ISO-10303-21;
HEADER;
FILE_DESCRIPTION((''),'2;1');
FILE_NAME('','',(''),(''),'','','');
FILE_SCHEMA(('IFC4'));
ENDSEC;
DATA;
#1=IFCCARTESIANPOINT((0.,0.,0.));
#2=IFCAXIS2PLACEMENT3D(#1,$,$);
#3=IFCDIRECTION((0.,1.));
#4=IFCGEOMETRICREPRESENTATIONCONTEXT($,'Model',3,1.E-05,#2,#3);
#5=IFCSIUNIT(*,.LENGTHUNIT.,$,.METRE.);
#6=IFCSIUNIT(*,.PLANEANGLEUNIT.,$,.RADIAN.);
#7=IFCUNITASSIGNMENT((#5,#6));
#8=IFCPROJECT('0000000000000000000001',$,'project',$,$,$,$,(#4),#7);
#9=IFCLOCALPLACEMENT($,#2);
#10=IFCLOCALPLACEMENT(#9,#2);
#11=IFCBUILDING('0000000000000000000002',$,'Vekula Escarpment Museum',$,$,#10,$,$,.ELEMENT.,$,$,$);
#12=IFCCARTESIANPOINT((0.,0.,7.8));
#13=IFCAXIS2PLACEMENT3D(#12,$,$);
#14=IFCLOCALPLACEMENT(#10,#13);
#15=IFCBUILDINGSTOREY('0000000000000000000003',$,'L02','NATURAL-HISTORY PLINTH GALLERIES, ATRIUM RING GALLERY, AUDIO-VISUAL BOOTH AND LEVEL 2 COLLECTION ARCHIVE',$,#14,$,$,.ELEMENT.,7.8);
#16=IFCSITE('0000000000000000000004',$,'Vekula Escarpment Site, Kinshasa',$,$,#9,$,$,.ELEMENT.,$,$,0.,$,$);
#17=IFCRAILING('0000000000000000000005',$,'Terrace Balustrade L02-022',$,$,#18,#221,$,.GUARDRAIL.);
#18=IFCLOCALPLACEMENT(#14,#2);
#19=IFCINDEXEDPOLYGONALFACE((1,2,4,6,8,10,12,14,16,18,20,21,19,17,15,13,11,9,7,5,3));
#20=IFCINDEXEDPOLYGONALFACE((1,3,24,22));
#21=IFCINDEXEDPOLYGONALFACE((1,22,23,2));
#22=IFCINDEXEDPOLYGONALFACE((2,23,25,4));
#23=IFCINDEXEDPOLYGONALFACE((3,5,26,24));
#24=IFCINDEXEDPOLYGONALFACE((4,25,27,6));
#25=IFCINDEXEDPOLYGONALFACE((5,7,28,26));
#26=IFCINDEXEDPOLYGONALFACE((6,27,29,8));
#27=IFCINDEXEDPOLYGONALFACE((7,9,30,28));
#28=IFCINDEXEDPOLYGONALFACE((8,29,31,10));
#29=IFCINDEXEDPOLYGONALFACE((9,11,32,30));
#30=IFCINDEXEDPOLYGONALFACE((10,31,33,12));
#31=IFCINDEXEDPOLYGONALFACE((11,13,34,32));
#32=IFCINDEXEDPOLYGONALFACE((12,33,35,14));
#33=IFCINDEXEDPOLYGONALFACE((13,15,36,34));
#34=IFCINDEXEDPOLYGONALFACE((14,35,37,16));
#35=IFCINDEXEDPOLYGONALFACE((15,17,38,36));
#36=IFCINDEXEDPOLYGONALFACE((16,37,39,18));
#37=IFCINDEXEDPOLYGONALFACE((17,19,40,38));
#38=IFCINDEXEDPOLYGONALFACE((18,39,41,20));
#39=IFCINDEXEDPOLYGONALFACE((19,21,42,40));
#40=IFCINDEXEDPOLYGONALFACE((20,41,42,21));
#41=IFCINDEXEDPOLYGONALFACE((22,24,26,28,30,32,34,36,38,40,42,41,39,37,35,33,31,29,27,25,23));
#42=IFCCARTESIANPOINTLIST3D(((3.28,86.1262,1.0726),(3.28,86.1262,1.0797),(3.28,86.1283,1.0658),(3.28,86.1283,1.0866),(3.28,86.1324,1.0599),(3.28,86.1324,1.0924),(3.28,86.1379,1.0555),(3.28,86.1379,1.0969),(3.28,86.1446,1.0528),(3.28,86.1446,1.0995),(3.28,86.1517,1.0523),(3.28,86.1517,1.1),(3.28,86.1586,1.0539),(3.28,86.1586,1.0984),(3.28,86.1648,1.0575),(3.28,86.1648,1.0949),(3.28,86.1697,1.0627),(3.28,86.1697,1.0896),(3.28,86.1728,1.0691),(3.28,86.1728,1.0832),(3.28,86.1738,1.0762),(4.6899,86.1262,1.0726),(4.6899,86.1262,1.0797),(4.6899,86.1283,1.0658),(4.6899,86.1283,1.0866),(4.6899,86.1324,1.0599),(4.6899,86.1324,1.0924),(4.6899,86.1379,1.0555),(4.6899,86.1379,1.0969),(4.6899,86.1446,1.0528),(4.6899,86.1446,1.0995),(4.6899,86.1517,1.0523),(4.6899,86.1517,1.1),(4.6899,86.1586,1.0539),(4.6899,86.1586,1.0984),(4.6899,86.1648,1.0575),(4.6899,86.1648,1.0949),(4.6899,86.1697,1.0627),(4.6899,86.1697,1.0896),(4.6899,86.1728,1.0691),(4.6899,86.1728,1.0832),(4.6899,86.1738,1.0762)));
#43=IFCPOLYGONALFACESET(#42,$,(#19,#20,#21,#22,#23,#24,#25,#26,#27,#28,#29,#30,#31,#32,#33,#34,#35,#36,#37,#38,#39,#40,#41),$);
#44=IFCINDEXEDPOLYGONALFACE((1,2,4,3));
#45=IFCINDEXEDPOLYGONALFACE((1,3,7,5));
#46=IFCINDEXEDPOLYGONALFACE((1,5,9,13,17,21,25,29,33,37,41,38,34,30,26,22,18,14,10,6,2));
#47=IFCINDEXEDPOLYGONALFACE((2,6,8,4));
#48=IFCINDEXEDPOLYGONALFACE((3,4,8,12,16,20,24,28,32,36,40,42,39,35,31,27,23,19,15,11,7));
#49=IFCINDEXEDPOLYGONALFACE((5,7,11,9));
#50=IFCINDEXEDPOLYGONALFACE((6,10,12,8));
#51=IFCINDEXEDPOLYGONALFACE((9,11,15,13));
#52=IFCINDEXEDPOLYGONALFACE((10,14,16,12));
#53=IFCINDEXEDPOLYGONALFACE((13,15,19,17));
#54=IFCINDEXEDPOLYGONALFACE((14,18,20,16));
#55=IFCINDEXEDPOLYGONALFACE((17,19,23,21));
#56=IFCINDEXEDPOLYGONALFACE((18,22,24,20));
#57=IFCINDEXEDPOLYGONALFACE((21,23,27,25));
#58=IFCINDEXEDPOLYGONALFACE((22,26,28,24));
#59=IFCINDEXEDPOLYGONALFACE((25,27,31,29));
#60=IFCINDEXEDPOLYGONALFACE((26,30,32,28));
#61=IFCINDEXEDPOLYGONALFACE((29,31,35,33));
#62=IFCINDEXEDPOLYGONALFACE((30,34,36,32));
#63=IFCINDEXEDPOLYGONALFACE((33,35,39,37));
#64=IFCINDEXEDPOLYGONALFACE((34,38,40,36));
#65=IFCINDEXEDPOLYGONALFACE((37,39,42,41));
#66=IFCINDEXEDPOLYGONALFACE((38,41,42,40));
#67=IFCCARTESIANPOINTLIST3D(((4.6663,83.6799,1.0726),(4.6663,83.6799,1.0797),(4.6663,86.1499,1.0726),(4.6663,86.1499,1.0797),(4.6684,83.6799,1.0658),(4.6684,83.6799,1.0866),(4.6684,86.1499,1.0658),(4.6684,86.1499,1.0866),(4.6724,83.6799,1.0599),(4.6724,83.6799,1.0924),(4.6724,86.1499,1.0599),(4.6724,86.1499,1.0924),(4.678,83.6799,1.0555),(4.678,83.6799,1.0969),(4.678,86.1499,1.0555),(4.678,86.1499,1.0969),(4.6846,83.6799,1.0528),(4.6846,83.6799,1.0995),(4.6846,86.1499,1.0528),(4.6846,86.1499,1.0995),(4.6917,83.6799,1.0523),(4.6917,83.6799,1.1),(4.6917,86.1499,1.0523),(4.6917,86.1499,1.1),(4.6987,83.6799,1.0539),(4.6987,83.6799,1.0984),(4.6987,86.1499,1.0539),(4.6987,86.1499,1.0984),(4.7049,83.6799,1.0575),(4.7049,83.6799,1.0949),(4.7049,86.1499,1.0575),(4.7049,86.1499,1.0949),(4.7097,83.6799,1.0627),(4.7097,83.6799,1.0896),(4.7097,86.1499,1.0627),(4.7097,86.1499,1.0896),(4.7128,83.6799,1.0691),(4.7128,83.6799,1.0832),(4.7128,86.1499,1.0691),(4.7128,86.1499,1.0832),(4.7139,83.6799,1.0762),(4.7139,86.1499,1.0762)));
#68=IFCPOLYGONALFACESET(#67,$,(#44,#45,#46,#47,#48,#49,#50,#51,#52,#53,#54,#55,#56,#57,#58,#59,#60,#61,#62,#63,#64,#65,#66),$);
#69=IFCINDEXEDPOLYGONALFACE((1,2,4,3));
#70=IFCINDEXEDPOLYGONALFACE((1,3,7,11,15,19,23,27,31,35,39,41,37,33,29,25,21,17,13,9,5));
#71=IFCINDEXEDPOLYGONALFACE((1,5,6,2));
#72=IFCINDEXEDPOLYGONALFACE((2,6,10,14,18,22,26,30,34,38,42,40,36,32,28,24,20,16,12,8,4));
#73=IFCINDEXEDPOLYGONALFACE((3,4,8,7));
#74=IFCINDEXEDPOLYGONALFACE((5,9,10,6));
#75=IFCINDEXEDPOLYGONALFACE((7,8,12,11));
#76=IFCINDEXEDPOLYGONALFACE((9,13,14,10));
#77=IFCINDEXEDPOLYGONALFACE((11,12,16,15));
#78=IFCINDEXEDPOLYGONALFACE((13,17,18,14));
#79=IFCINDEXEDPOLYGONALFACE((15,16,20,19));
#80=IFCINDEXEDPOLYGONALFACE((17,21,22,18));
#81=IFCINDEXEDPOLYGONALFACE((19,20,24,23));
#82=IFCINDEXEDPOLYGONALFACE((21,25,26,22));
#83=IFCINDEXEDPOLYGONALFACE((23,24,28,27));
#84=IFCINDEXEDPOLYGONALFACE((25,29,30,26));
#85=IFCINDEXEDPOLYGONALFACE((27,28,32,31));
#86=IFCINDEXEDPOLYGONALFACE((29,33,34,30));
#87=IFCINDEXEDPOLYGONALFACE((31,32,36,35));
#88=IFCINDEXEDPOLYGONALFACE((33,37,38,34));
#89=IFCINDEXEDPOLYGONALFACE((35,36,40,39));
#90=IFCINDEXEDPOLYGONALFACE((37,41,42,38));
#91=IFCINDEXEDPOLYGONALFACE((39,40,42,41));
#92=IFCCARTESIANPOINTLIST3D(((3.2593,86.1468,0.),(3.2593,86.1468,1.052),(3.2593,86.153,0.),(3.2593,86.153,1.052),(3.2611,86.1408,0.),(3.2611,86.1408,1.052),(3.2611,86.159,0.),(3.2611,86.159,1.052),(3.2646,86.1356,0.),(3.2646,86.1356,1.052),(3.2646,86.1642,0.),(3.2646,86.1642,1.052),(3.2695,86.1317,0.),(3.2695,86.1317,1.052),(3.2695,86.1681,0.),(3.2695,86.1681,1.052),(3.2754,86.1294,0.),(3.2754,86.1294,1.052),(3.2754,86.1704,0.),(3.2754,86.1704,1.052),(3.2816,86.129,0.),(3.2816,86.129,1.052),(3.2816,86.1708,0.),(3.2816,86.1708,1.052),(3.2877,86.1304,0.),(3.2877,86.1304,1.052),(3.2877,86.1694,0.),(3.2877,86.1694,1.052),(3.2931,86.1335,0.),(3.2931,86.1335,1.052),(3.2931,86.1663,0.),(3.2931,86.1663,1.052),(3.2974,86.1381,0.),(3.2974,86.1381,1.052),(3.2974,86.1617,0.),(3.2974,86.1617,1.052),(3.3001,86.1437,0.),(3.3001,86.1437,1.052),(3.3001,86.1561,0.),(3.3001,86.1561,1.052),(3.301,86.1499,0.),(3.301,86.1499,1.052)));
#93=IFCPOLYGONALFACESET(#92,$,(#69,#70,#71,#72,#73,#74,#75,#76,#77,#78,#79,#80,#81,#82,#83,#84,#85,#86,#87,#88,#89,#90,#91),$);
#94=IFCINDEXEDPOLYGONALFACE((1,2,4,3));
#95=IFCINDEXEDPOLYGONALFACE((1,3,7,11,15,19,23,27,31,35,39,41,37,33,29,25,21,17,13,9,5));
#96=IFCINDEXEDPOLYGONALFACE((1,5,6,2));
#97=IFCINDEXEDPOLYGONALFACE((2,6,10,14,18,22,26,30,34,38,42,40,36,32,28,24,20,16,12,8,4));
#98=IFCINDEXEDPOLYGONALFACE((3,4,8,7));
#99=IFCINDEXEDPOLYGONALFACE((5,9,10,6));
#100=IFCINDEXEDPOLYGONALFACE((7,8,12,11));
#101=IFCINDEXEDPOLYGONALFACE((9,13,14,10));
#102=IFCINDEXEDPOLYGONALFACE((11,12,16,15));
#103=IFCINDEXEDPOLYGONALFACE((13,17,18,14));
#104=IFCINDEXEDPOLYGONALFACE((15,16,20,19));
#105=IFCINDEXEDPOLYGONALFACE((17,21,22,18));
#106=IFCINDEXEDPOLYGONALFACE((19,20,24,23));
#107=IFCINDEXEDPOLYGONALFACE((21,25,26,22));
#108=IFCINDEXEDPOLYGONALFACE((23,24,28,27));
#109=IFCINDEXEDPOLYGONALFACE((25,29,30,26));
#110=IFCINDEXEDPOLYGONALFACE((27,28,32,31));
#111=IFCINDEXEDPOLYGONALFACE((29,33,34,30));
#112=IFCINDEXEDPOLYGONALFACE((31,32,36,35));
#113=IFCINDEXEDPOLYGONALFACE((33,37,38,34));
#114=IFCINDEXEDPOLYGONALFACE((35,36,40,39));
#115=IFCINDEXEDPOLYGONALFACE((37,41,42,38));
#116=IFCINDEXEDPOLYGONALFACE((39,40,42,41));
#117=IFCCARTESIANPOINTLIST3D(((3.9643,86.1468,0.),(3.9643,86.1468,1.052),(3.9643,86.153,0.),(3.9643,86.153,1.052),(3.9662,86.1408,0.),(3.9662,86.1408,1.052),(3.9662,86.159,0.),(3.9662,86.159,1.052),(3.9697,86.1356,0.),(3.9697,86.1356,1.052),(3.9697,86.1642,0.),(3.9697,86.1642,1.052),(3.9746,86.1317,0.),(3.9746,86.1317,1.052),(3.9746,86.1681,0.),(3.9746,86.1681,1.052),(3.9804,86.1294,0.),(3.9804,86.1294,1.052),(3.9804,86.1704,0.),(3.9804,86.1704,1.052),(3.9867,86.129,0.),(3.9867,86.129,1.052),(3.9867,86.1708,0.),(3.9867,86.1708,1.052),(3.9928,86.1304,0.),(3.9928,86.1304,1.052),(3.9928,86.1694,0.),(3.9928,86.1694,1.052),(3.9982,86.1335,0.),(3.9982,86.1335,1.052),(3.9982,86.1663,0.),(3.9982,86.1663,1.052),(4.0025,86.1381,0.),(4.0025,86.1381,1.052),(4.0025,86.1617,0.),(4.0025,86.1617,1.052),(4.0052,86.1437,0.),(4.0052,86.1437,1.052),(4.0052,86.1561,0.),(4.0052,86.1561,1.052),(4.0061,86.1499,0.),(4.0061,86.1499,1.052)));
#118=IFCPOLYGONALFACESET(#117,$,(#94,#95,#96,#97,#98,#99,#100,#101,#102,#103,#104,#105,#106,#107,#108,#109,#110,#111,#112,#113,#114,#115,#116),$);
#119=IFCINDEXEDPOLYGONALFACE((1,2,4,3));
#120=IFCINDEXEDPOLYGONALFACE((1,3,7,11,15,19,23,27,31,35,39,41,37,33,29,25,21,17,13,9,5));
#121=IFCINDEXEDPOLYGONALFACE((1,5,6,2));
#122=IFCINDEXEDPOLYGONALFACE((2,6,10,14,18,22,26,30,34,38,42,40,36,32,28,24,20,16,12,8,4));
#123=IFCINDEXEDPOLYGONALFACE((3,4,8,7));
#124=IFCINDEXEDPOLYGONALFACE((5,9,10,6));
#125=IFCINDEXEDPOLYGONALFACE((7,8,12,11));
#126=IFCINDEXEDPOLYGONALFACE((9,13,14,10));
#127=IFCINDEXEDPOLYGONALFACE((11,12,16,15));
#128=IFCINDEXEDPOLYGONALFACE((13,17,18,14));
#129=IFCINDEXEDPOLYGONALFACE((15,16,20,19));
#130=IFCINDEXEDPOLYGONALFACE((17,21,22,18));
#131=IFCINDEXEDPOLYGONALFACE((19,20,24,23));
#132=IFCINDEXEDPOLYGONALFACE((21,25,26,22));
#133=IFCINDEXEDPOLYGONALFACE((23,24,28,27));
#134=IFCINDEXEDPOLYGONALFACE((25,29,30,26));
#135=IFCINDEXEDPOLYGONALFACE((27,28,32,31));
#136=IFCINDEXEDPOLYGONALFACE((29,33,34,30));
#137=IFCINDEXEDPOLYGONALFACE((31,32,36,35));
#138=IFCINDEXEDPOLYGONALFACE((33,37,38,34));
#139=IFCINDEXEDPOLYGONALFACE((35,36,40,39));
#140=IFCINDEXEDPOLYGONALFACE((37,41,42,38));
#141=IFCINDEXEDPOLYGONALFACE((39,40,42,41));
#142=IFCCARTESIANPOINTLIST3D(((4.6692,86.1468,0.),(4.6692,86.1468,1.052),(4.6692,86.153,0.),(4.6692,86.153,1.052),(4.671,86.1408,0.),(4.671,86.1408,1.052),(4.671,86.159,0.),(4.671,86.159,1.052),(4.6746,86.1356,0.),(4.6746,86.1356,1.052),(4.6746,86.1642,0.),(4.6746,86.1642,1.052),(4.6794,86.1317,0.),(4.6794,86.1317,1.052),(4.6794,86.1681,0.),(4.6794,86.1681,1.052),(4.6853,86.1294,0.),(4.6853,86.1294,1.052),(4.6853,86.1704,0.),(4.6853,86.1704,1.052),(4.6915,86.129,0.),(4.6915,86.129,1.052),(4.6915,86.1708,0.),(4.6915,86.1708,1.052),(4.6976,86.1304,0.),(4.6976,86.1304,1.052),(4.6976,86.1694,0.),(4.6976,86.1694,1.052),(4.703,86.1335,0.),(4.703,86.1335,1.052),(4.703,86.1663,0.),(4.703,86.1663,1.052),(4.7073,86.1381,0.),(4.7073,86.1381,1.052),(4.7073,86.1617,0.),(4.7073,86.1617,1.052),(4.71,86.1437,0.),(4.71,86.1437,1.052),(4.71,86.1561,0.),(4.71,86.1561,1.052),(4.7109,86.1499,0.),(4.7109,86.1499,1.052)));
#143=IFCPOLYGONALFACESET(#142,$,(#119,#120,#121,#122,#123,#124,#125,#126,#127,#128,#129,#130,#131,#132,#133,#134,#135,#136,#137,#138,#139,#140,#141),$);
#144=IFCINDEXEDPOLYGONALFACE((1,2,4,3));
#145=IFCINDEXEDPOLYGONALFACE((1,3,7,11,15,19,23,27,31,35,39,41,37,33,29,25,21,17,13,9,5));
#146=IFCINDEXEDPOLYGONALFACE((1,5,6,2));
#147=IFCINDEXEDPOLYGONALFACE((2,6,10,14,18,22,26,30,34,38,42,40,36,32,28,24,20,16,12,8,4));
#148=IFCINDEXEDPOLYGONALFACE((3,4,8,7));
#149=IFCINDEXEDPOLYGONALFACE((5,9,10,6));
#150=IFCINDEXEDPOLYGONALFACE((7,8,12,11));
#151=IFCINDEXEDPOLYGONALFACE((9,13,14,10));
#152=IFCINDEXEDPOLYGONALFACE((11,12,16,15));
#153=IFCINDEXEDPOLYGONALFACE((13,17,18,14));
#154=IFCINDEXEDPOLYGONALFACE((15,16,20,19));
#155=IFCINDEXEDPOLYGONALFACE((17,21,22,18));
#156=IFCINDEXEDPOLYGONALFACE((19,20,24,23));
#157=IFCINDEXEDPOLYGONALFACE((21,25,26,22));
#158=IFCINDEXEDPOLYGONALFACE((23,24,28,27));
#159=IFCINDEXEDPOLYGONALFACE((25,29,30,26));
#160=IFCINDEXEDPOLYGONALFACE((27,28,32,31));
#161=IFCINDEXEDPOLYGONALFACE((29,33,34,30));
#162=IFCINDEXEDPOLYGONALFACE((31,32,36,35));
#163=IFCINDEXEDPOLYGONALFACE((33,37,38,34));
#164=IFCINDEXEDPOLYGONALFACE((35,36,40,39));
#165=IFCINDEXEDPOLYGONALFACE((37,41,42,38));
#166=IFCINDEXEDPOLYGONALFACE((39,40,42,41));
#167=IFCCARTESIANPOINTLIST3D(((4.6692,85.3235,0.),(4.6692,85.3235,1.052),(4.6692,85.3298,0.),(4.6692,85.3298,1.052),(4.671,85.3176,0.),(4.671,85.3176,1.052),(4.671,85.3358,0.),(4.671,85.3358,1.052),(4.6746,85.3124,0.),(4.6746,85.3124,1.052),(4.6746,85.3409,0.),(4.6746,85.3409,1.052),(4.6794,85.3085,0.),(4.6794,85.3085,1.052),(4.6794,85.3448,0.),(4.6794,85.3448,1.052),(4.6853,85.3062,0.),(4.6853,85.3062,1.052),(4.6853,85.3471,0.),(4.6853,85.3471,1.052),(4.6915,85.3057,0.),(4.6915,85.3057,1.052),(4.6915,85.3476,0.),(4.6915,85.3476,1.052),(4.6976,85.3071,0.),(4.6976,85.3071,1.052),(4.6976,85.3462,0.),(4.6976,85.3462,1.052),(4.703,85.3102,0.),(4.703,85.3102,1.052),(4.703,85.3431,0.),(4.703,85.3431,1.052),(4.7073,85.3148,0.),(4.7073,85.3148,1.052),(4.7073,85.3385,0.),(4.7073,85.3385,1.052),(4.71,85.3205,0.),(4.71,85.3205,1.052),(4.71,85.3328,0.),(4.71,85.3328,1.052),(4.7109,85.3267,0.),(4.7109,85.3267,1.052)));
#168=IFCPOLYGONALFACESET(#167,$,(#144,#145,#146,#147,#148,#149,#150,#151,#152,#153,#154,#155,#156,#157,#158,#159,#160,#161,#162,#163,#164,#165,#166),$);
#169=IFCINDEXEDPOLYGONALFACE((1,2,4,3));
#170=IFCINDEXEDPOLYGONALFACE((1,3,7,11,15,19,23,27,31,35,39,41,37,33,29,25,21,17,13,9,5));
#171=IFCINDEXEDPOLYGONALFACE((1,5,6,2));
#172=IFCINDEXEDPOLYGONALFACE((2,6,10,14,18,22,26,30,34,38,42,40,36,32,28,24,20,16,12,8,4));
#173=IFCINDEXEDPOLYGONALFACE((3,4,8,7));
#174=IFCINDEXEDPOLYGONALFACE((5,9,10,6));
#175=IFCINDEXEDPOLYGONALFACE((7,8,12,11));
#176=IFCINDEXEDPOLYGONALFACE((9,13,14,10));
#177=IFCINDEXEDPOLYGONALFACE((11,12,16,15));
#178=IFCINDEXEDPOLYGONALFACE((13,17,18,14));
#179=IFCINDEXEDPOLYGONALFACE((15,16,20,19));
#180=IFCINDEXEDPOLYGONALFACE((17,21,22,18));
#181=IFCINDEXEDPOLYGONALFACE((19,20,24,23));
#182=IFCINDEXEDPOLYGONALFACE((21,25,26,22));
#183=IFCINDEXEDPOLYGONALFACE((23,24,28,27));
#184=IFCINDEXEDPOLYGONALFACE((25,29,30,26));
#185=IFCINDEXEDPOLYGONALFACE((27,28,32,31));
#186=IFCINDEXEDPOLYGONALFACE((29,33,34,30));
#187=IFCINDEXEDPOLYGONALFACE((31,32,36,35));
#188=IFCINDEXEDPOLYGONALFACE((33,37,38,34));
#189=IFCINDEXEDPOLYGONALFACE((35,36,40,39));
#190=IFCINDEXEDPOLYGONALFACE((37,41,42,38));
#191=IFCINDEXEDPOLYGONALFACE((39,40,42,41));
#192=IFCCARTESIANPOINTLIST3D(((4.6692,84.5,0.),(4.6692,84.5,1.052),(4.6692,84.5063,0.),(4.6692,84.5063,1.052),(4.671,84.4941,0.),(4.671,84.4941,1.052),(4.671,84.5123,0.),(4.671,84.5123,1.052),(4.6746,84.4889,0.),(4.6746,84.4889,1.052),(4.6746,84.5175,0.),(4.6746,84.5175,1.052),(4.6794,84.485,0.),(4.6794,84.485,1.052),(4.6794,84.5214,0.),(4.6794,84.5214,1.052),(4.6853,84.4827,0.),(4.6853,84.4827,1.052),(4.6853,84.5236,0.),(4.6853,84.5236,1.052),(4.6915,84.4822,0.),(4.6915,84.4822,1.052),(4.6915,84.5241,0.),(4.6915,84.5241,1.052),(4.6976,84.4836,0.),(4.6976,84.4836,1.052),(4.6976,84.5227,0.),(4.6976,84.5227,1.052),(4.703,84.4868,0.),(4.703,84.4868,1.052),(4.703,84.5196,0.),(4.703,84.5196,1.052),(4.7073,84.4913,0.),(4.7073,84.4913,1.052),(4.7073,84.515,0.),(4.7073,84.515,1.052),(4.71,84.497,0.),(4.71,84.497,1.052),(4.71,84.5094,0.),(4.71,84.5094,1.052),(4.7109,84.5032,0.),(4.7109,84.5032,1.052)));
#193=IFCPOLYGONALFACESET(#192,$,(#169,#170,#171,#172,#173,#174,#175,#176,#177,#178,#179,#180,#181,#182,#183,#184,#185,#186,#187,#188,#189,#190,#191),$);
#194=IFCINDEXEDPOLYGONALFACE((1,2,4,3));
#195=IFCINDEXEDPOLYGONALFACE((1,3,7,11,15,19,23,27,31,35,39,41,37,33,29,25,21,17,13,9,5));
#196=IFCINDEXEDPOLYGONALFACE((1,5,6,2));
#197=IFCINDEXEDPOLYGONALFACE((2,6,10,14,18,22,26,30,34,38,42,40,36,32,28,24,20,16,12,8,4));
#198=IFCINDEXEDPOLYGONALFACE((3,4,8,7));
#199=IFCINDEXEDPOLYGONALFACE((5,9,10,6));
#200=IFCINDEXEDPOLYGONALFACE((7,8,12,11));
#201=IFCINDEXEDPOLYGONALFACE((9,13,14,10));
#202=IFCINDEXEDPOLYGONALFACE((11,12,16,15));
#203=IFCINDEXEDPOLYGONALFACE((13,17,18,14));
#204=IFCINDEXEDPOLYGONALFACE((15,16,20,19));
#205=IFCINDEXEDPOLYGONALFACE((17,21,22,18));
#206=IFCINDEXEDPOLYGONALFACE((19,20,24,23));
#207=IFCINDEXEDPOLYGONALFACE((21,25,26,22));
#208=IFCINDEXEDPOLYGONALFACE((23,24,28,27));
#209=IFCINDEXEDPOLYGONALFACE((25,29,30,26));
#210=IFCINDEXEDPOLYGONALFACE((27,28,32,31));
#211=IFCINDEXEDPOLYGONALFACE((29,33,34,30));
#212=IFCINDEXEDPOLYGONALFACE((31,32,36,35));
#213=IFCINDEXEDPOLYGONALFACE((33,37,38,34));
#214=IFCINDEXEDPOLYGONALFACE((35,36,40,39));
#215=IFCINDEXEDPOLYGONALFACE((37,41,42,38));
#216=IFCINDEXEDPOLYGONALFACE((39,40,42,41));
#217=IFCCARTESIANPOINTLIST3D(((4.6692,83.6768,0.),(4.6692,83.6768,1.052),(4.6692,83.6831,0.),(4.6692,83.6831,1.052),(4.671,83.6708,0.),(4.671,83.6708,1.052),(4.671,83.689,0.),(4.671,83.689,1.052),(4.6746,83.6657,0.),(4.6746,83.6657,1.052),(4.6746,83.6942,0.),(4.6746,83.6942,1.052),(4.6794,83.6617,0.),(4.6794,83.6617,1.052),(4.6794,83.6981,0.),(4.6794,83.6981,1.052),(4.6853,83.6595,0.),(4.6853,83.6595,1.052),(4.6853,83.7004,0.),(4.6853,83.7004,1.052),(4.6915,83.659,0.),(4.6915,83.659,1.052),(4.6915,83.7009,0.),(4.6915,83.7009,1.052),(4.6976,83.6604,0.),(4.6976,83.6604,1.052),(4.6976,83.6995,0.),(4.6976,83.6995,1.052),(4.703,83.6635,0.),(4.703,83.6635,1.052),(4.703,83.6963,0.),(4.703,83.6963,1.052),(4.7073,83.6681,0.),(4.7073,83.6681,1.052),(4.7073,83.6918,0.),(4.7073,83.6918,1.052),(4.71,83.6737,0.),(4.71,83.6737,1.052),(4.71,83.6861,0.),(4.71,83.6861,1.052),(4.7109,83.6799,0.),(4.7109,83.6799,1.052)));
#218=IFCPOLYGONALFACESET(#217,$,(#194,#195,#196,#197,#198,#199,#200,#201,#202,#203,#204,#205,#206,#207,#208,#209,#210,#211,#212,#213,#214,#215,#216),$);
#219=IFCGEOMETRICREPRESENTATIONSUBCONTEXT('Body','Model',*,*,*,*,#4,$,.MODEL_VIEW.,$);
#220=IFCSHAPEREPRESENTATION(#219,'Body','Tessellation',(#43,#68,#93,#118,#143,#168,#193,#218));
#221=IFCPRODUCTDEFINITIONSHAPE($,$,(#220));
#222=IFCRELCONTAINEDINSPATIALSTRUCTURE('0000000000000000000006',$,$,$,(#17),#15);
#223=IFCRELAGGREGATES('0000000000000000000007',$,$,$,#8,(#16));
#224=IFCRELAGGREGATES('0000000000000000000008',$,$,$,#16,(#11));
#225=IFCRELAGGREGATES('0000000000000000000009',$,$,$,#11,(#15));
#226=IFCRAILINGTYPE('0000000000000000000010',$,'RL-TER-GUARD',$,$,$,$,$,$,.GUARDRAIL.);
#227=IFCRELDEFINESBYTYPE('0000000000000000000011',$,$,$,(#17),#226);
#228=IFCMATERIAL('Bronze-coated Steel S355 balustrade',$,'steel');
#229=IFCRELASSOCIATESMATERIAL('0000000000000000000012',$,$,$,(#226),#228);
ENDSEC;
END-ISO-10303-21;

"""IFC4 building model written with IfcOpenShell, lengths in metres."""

from ifc_helpers import new_model, si_unit, direction, frame, origin, origin_2d, place, context, subcontext, project, spatial, circle, extrude, material, type_object, element, save


model = new_model("IFC4")

# Units and contexts
model_context = context("Model", 3, precision=1e-05, world=origin(), true_north=direction((0.0, 1.0)))
body_context = subcontext(model_context, "Body", "Model", "MODEL_VIEW")
ifc_project = project(units=[si_unit("LENGTHUNIT", "METRE"), si_unit("PLANEANGLEUNIT", "RADIAN")], contexts=[model_context])

# Site, building, storey
site_placement = place(None, origin())
site = spatial("IfcSite", under=ifc_project, at=site_placement, Name="Vekula Escarpment Site, Kinshasa", CompositionType="ELEMENT", RefElevation=0.0)
building_placement = place(site_placement, origin())
building = spatial("IfcBuilding", under=site, at=building_placement, Name="Vekula Escarpment Museum", CompositionType="ELEMENT")
storey_placement = place(building_placement, frame((0.0, 0.0, 7.8)))
storey = spatial("IfcBuildingStorey", under=building, at=storey_placement, Name="L02", Description="NATURAL-HISTORY PLINTH GALLERIES, ATRIUM RING GALLERY, AUDIO-VISUAL BOOTH AND LEVEL 2 COLLECTION ARCHIVE", CompositionType="ELEMENT", Elevation=7.8)

# Railing
ifc_material_1 = material(Name="Bronze-coated Steel S355 balustrade", Category="steel")
railing_type = type_object("IfcRailingType", Name="RL-TER-GUARD", PredefinedType="GUARDRAIL", material=ifc_material_1)
railing_placement = place(storey_placement, frame((3.28, 86.1499, 0.0)))
element("IfcRailing", 1, at=railing_placement, inside=storey, type_object=railing_type, Name="Terrace Balustrade L02-022", PredefinedType="GUARDRAIL", context=body_context, shape_type="SweptSolid", body=[
    extrude(circle(Radius=0.0239, at=origin_2d()), frame((0.0, 0.0, 1.0762), z_axis=(1.0, 0.0, 0.0), x_axis=(0.0, 1.0, 0.0)), (0.0, 0.0, 1.0), 1.4099),
    extrude(circle(Radius=0.0239, at=origin_2d()), frame((1.4099, 0.0, 1.0762), z_axis=(0.0, -1.0, 0.0), x_axis=(1.0, 0.0, 0.0)), (0.0, 0.0, 1.0), 2.47),
    extrude(circle(Radius=0.021, at=origin_2d()), origin(), (0.0, 0.0, 1.0), 1.052),
    extrude(circle(Radius=0.021, at=origin_2d()), frame((0.7051, 0.0, 0.0)), (0.0, 0.0, 1.0), 1.052),
    extrude(circle(Radius=0.021, at=origin_2d()), frame((1.4099, 0.0, 0.0)), (0.0, 0.0, 1.0), 1.052),
    extrude(circle(Radius=0.021, at=origin_2d()), frame((1.4099, -0.8232, 0.0)), (0.0, 0.0, 1.0), 1.052),
    extrude(circle(Radius=0.021, at=origin_2d()), frame((1.4099, -1.6467, 0.0)), (0.0, 0.0, 1.0), 1.052),
    extrude(circle(Radius=0.021, at=origin_2d()), frame((1.4099, -2.47, 0.0)), (0.0, 0.0, 1.0), 1.052),
])

save(model, "model.ifc")
